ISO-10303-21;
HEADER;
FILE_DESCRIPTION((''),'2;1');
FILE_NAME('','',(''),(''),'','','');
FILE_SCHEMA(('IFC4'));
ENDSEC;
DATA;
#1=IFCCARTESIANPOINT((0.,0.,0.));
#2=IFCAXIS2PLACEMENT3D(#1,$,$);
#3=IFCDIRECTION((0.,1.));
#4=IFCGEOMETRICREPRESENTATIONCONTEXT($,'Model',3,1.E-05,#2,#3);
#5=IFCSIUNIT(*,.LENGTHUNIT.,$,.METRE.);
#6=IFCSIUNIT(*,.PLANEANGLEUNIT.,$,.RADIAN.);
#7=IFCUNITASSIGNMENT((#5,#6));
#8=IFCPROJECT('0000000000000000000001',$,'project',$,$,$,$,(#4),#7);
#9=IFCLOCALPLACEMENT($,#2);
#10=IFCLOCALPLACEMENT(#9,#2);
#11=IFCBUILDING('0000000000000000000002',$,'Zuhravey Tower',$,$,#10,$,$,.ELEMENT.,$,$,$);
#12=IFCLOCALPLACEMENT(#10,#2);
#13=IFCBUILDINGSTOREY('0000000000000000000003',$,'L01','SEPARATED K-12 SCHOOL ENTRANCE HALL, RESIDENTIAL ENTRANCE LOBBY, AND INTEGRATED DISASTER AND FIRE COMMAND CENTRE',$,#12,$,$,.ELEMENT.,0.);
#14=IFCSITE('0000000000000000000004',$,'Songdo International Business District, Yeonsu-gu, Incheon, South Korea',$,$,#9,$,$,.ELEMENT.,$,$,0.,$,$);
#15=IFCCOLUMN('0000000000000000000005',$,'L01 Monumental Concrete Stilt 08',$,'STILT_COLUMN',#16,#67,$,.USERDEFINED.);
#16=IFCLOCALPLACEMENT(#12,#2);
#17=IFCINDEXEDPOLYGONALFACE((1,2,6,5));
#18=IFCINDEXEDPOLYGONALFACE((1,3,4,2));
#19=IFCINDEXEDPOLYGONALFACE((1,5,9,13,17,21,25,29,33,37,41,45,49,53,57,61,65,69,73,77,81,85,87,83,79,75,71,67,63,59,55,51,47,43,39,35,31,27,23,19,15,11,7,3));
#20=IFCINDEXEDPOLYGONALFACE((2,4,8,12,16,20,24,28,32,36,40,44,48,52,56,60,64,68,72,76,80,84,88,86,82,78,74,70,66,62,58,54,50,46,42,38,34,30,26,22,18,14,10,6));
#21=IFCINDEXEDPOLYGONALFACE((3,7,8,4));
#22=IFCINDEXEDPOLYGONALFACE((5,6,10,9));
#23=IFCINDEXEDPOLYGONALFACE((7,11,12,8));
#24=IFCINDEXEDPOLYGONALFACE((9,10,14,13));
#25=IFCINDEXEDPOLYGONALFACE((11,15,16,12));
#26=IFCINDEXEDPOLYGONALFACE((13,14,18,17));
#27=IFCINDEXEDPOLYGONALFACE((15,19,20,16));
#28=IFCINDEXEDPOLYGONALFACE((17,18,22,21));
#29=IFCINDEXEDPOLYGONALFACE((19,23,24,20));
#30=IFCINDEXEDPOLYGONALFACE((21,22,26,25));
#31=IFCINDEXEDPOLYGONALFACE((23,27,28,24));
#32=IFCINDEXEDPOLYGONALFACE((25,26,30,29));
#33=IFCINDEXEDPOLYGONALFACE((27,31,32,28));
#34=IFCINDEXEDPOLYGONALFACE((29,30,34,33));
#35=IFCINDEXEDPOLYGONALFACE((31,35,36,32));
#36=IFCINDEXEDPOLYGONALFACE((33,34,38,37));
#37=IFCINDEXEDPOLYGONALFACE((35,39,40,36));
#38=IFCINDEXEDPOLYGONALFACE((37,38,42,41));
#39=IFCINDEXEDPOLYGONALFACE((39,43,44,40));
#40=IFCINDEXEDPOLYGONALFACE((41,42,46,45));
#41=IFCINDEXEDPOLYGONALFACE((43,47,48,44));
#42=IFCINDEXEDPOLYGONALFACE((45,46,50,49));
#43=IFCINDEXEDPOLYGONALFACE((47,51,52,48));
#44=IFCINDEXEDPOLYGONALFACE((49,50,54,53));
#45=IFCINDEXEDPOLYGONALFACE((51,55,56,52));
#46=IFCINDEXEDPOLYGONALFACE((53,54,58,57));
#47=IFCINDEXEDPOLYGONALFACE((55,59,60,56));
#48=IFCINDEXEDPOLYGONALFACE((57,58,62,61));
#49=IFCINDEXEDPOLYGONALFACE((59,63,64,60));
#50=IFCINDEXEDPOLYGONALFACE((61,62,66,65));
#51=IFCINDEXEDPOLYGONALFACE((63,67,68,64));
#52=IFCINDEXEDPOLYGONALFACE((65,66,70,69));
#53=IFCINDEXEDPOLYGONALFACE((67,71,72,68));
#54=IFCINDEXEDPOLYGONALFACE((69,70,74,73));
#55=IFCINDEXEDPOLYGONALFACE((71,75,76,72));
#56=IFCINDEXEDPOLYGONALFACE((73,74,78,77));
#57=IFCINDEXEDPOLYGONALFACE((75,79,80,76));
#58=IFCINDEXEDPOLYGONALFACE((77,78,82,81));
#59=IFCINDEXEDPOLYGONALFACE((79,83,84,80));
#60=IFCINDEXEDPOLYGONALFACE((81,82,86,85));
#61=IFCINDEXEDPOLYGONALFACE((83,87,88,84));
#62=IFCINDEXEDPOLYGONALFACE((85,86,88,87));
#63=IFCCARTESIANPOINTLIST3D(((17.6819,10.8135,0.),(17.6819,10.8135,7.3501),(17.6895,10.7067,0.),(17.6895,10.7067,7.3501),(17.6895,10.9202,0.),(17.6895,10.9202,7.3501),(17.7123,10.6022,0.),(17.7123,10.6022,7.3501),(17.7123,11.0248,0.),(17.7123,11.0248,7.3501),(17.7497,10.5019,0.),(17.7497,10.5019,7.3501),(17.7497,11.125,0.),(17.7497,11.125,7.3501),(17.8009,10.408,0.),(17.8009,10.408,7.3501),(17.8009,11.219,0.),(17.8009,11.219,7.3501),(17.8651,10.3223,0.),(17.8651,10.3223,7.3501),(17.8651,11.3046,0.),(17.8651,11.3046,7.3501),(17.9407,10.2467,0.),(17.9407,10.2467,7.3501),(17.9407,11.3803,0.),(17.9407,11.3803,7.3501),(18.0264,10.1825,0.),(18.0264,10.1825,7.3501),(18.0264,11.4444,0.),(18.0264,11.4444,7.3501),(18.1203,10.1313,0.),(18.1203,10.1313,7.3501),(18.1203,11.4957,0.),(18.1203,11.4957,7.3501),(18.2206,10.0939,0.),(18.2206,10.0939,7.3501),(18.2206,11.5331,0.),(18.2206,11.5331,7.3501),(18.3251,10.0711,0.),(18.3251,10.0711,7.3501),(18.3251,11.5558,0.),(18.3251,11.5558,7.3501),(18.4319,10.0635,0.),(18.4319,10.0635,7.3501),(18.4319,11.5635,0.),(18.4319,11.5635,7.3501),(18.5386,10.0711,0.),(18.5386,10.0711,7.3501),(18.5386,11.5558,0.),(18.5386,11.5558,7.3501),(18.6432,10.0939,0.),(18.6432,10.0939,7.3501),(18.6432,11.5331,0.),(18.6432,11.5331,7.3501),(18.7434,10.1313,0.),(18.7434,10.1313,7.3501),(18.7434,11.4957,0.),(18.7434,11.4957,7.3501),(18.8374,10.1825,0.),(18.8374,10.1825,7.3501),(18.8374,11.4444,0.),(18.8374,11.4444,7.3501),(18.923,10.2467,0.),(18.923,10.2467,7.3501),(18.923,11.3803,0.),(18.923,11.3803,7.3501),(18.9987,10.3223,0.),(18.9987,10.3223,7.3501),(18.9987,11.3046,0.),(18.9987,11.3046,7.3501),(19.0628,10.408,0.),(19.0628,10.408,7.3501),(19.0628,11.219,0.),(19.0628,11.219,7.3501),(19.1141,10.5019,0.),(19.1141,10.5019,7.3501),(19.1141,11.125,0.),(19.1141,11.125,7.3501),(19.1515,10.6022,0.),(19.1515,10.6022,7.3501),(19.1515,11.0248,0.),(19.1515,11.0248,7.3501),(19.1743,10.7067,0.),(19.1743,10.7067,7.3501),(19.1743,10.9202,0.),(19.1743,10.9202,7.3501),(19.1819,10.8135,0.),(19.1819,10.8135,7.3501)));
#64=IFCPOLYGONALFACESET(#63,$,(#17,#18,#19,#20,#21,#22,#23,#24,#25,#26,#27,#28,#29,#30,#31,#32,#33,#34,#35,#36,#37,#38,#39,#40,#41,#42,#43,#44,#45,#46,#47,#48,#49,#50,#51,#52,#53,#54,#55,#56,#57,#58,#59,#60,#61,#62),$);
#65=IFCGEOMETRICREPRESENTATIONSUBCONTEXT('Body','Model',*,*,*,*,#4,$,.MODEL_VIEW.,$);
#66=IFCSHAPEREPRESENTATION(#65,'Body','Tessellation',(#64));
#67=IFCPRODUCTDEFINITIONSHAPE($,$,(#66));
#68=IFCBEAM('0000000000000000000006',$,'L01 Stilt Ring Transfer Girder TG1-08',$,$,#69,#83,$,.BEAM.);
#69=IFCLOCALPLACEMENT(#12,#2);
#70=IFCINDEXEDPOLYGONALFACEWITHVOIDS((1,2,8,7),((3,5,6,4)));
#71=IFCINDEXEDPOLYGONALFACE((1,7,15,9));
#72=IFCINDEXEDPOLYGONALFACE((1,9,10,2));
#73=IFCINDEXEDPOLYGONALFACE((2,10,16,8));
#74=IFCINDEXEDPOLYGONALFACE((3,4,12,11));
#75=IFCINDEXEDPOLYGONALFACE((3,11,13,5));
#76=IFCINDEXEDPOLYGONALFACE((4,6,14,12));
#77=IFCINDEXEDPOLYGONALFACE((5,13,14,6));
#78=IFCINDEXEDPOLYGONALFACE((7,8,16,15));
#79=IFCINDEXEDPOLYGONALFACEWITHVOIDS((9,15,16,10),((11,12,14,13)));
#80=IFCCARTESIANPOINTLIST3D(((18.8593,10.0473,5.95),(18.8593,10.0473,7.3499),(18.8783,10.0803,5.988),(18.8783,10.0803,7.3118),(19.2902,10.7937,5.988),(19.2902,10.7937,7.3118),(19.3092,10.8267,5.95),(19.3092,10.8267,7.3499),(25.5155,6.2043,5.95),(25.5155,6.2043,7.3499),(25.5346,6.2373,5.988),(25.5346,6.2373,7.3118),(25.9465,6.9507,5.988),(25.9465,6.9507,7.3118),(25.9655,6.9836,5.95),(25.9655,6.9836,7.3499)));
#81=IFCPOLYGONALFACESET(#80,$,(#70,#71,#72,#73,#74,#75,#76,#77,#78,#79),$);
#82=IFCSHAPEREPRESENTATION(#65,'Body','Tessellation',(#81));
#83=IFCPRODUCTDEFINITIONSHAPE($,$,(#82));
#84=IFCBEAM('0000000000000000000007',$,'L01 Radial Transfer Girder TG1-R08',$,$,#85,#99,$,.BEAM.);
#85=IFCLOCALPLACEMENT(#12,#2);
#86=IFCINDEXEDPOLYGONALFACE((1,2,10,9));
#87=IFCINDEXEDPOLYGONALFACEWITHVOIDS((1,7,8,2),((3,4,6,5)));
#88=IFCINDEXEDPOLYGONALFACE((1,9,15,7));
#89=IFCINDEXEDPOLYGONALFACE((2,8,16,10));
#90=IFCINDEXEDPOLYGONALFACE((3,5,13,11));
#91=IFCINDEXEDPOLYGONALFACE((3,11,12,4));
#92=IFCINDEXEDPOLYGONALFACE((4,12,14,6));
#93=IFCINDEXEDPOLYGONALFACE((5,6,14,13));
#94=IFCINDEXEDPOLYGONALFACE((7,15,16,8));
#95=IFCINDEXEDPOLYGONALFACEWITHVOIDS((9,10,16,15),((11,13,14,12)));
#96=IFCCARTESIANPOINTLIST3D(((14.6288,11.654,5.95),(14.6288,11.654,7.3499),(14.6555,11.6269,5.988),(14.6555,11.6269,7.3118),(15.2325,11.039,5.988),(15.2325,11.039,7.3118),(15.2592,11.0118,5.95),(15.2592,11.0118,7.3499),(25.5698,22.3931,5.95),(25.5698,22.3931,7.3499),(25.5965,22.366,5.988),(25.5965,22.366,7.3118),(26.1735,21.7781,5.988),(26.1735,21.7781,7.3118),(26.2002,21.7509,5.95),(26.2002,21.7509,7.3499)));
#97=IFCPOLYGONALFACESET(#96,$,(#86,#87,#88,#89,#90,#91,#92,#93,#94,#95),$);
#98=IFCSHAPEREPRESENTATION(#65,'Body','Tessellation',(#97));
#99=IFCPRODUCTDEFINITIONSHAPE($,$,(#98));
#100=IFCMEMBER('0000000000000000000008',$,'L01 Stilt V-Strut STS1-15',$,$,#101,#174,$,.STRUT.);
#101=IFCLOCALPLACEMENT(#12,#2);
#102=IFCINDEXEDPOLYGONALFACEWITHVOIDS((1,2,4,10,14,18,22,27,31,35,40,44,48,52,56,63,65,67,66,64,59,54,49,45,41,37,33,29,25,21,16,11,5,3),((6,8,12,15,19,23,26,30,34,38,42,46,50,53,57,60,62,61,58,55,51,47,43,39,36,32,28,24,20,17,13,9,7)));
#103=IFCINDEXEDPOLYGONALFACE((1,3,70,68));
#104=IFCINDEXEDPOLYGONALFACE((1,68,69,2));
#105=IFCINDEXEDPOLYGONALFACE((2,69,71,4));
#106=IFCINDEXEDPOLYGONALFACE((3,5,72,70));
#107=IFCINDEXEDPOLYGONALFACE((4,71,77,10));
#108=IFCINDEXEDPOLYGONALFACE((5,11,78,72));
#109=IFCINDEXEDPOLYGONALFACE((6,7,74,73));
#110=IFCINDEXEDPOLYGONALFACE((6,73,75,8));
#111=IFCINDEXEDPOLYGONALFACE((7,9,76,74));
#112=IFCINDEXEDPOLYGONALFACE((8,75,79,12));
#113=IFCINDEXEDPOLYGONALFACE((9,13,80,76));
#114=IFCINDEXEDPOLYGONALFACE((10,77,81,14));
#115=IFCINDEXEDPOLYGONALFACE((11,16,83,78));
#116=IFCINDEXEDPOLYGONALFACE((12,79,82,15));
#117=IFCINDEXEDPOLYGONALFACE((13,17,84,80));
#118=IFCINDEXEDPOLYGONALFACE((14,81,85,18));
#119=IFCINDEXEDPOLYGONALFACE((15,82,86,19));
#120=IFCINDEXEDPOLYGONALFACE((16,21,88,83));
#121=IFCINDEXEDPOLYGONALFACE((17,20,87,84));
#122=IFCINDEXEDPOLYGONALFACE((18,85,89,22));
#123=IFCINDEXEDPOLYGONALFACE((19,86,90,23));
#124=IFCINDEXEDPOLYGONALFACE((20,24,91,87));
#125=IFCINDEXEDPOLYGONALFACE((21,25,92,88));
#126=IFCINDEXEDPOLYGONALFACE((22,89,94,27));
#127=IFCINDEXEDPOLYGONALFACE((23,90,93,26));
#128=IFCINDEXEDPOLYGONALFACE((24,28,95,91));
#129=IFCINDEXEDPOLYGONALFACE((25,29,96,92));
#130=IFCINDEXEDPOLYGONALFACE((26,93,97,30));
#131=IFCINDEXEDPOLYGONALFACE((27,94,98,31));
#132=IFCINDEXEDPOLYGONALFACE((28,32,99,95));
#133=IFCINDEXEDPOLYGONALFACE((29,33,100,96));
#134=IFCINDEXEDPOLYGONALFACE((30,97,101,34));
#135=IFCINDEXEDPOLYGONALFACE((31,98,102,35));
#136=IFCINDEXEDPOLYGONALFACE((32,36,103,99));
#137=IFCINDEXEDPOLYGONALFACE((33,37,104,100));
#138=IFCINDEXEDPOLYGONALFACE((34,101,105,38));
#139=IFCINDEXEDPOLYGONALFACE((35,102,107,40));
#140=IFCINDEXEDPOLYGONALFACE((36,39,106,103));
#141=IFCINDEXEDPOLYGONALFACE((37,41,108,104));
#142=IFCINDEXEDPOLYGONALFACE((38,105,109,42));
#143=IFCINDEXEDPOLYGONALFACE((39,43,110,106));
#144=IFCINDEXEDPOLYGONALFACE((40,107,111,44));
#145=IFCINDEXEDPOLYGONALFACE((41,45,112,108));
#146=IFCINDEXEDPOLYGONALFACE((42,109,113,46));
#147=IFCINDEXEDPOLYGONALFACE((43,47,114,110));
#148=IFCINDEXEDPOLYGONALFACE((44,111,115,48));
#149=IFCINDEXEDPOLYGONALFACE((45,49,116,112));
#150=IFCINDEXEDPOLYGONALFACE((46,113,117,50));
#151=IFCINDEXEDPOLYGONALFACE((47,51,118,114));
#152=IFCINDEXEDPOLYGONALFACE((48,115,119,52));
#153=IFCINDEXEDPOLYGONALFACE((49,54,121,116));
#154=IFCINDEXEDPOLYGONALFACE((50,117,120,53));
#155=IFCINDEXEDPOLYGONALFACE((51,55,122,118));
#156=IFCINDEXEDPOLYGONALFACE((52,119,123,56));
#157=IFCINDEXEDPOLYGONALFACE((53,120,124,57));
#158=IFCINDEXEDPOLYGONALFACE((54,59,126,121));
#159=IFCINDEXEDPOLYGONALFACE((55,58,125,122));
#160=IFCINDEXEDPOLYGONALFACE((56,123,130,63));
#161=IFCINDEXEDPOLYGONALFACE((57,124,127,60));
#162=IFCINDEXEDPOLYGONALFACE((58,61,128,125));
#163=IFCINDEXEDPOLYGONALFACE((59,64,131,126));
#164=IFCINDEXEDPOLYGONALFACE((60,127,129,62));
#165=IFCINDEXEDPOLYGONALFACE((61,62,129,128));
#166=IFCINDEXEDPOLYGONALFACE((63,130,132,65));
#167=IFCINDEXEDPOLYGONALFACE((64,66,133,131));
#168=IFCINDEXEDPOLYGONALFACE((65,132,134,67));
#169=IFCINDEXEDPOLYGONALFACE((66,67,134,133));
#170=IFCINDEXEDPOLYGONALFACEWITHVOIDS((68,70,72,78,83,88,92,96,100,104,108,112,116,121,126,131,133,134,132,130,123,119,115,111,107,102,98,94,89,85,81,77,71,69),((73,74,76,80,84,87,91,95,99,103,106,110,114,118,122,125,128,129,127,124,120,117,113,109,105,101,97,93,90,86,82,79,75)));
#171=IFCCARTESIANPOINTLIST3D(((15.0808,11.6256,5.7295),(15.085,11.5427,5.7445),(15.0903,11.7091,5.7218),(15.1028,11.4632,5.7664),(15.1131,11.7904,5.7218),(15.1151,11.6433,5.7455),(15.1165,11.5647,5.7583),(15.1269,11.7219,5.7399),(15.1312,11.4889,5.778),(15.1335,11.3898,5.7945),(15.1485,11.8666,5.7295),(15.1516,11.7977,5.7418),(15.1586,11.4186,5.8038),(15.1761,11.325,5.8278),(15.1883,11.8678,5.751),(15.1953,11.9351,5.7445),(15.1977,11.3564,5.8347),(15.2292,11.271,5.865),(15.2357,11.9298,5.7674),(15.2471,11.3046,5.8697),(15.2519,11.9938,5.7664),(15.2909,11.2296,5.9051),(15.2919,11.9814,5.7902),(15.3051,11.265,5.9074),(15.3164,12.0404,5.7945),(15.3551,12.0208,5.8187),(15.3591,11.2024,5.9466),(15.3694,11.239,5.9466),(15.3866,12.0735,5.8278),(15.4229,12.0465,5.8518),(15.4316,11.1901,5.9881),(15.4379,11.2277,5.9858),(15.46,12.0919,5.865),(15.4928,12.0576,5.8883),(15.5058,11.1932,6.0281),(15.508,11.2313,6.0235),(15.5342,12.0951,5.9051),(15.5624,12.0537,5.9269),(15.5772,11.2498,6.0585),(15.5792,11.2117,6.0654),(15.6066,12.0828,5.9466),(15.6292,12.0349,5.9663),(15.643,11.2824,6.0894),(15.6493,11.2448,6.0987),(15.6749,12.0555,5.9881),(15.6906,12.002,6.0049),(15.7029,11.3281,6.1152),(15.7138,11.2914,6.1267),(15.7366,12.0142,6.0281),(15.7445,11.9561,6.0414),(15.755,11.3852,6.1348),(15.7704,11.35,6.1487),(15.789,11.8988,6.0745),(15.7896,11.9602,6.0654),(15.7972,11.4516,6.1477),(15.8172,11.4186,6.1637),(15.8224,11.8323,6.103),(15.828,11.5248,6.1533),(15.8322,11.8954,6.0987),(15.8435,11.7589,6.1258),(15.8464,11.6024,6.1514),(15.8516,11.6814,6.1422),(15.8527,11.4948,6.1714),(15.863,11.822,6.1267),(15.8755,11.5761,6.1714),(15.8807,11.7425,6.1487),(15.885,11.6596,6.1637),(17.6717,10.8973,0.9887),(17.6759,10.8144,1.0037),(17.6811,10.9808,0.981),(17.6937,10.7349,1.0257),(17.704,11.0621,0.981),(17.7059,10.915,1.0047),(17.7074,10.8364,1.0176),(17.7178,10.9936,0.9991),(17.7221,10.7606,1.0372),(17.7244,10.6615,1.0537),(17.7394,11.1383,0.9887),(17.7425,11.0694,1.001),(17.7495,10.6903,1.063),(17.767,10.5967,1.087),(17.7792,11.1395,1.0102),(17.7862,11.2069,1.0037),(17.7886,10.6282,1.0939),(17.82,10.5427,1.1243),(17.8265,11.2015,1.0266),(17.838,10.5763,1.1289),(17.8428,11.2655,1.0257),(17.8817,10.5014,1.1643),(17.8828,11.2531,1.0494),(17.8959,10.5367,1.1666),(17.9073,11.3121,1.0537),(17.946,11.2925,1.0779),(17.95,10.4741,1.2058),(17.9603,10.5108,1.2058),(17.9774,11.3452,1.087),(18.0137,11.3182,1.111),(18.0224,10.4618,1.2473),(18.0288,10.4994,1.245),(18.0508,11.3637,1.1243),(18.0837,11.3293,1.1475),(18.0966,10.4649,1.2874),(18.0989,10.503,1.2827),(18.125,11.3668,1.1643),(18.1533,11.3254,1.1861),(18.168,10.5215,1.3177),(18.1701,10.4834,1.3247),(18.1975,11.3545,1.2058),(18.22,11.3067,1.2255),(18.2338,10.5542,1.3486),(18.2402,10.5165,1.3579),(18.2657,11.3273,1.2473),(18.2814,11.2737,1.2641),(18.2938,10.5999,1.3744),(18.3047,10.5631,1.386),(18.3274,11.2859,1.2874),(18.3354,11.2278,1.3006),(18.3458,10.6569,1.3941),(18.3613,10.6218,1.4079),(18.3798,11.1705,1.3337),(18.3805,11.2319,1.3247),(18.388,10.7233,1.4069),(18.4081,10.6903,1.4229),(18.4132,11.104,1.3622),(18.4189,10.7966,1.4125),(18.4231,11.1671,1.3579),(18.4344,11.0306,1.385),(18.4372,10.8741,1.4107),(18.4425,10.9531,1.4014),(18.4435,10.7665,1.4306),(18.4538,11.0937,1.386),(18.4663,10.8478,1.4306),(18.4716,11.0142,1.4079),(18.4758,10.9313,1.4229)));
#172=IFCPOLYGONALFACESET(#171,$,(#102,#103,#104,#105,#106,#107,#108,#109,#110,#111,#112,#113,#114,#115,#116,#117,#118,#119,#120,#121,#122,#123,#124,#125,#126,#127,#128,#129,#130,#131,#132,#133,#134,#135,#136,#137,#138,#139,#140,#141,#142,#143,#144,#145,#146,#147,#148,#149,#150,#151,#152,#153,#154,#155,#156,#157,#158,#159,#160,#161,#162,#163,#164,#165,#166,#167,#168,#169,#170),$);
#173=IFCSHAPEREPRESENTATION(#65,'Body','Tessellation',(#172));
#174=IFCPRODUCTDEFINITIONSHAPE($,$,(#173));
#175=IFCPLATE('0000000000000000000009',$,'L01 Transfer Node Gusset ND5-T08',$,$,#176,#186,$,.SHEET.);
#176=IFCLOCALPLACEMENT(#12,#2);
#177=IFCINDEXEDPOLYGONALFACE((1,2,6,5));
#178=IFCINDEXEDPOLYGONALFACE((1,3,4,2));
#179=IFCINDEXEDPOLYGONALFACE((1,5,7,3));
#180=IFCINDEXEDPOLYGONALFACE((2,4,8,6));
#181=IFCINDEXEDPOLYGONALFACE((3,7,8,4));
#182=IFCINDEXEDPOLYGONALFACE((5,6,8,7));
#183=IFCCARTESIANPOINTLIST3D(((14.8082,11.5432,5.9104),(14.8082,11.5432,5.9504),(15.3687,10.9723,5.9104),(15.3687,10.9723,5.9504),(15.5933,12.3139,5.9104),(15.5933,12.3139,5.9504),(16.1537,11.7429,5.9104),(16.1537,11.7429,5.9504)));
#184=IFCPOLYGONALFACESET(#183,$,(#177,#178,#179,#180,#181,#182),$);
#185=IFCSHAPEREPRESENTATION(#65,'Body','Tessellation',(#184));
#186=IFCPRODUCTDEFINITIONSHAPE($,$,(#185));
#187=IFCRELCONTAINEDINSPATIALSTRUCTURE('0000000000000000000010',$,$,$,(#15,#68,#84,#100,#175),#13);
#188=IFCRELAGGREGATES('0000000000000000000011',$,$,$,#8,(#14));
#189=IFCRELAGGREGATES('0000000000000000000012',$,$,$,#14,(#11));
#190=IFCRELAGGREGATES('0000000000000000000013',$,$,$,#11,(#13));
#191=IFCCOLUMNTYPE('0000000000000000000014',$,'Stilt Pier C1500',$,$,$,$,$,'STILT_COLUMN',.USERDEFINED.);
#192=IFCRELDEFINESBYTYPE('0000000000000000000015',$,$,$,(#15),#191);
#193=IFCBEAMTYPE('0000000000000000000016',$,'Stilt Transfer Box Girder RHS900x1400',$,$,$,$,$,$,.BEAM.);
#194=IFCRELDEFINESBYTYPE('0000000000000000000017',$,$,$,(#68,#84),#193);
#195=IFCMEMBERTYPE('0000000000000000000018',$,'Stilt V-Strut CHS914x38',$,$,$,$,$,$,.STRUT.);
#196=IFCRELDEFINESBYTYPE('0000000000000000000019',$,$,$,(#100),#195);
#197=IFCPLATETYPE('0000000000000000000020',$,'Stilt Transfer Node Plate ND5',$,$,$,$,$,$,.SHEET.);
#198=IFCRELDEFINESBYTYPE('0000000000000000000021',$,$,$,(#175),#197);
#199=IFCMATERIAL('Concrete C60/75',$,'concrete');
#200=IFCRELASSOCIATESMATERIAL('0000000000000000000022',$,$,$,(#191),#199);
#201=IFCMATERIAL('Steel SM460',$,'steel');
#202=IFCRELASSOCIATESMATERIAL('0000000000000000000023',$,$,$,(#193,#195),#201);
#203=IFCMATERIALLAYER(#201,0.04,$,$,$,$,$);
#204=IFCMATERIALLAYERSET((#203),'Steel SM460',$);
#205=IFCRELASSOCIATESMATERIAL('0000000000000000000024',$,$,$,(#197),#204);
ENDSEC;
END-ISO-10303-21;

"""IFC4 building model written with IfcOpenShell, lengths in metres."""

from ifc_helpers import new_model, si_unit, direction, frame, origin, origin_2d, place, context, subcontext, project, spatial, rectangle, hollow_rectangle, circle, hollow_circle, extrude, material, layer, layer_set, material_profile, profile_set, type_object, element, save


model = new_model("IFC4")

# Units and contexts
model_context = context("Model", 3, precision=1e-05, world=origin(), true_north=direction((0.0, 1.0)))
body_context = subcontext(model_context, "Body", "Model", "MODEL_VIEW")
ifc_project = project(units=[si_unit("LENGTHUNIT", "METRE"), si_unit("PLANEANGLEUNIT", "RADIAN")], contexts=[model_context])

# Site, building, storey
site_placement = place(None, origin())
site = spatial("IfcSite", under=ifc_project, at=site_placement, Name="Songdo International Business District, Yeonsu-gu, Incheon, South Korea", CompositionType="ELEMENT", RefElevation=0.0)
building_placement = place(site_placement, origin())
building = spatial("IfcBuilding", under=site, at=building_placement, Name="Zuhravey Tower", CompositionType="ELEMENT")
storey_placement = place(building_placement, origin())
storey = spatial("IfcBuildingStorey", under=building, at=storey_placement, Name="L01", Description="SEPARATED K-12 SCHOOL ENTRANCE HALL, RESIDENTIAL ENTRANCE LOBBY, AND INTEGRATED DISASTER AND FIRE COMMAND CENTRE", CompositionType="ELEMENT", Elevation=0.0)

# Column
ifc_material_1 = material(Name="Concrete C60/75", Category="concrete")
ifc_material_profile_1 = material_profile(ifc_material_1, circle(Radius=0.75, at=origin_2d()), Name="RC-CIRC-1500")
ifc_profile_set_1 = profile_set([ifc_material_profile_1], Name="Concrete C60/75")
column_type = type_object("IfcColumnType", Name="Stilt Pier C1500", ElementType="STILT_COLUMN", PredefinedType="USERDEFINED", material=ifc_profile_set_1)
column_placement = place(storey_placement, frame((18.4319, 10.8135, 0.0), z_axis=(0.0, 0.0, 1.0), x_axis=(1.0, 0.0, 0.0)))
element("IfcColumn", 1, at=column_placement, inside=storey, type_object=column_type, Name="L01 Monumental Concrete Stilt 08", ObjectType="STILT_COLUMN", PredefinedType="USERDEFINED", context=body_context, shape_type="SweptSolid", body=[
    extrude(circle(Radius=0.75, at=origin_2d()), origin(), (0.0, 0.0, 1.0), 7.3501),
])

# Beams
ifc_material_2 = material(Name="Steel SM460", Category="steel")
ifc_material_profile_2 = material_profile(ifc_material_2, hollow_rectangle(XDim=0.8999, YDim=1.3999, WallThickness=0.0381, at=origin_2d()), Name="RHS-900x1400x38")
ifc_profile_set_2 = profile_set([ifc_material_profile_2], Name="Steel SM460")
beam_type = type_object("IfcBeamType", Name="Stilt Transfer Box Girder RHS900x1400", PredefinedType="BEAM", material=ifc_profile_set_2)
beam_1_placement = place(storey_placement, frame((19.0842, 10.437, 6.6499), z_axis=(0.866024, -0.500003, 0.0), x_axis=(0.500003, 0.866024, 0.0)))
element("IfcBeam", 2, at=beam_1_placement, inside=storey, type_object=beam_type, Name="L01 Stilt Ring Transfer Girder TG1-08", PredefinedType="BEAM", context=body_context, shape_type="SweptSolid", body=[
    extrude(hollow_rectangle(XDim=0.8999, YDim=1.3999, WallThickness=0.0381, at=origin_2d()), origin(), (0.0, 0.0, 1.0), 7.686),
])
beam_2_placement = place(storey_placement, frame((25.885, 22.072, 6.6499), z_axis=(-0.713661, -0.700491, 0.0), x_axis=(0.700491, -0.713661, 0.0)))
element("IfcBeam", 3, at=beam_2_placement, inside=storey, type_object=beam_type, Name="L01 Radial Transfer Girder TG1-R08", PredefinedType="BEAM", context=body_context, shape_type="SweptSolid", body=[
    extrude(hollow_rectangle(XDim=0.8999, YDim=1.3999, WallThickness=0.0381, at=origin_2d()), origin(), (0.0, 0.0, 1.0), 15.3308),
])

# Member
ifc_material_profile_3 = material_profile(ifc_material_2, hollow_circle(Radius=0.4573, WallThickness=0.0381, at=origin_2d()), Name="CHS-914.4x38")
ifc_profile_set_3 = profile_set([ifc_material_profile_3], Name="Steel SM460")
member_type = type_object("IfcMemberType", Name="Stilt V-Strut CHS914x38", PredefinedType="STRUT", material=ifc_profile_set_3)
member_placement = place(storey_placement, frame((18.0737, 10.9143, 1.2058), z_axis=(-0.475262, 0.133595, 0.869642), x_axis=(-0.270609, -0.962689, 0.0)))
element("IfcMember", 4, at=member_placement, inside=storey, type_object=member_type, Name="L01 Stilt V-Strut STS1-15", PredefinedType="STRUT", context=body_context, shape_type="SweptSolid", body=[
    extrude(hollow_circle(Radius=0.4573, WallThickness=0.0381, at=origin_2d()), origin(), (0.0, 0.0, 1.0), 5.4514),
])

# Plate
ifc_layer_1 = layer(ifc_material_2, 0.04)
ifc_layer_set_1 = layer_set([ifc_layer_1], Name="Steel SM460")
plate_type = type_object("IfcPlateType", Name="Stilt Transfer Node Plate ND5", PredefinedType="SHEET", material=ifc_layer_set_1)
plate_placement = place(storey_placement, frame((15.481, 11.6431, 5.9104), z_axis=(0.0, 0.0, 1.0), x_axis=(-0.713617, -0.700536, 0.0)))
element("IfcPlate", 5, at=plate_placement, inside=storey, type_object=plate_type, Name="L01 Transfer Node Gusset ND5-T08", PredefinedType="SHEET", context=body_context, shape_type="SweptSolid", body=[
    extrude(rectangle(XDim=1.1001, YDim=0.8, at=origin_2d()), origin(), (0.0, 0.0, 1.0), 0.04),
])

save(model, "model.ifc")
